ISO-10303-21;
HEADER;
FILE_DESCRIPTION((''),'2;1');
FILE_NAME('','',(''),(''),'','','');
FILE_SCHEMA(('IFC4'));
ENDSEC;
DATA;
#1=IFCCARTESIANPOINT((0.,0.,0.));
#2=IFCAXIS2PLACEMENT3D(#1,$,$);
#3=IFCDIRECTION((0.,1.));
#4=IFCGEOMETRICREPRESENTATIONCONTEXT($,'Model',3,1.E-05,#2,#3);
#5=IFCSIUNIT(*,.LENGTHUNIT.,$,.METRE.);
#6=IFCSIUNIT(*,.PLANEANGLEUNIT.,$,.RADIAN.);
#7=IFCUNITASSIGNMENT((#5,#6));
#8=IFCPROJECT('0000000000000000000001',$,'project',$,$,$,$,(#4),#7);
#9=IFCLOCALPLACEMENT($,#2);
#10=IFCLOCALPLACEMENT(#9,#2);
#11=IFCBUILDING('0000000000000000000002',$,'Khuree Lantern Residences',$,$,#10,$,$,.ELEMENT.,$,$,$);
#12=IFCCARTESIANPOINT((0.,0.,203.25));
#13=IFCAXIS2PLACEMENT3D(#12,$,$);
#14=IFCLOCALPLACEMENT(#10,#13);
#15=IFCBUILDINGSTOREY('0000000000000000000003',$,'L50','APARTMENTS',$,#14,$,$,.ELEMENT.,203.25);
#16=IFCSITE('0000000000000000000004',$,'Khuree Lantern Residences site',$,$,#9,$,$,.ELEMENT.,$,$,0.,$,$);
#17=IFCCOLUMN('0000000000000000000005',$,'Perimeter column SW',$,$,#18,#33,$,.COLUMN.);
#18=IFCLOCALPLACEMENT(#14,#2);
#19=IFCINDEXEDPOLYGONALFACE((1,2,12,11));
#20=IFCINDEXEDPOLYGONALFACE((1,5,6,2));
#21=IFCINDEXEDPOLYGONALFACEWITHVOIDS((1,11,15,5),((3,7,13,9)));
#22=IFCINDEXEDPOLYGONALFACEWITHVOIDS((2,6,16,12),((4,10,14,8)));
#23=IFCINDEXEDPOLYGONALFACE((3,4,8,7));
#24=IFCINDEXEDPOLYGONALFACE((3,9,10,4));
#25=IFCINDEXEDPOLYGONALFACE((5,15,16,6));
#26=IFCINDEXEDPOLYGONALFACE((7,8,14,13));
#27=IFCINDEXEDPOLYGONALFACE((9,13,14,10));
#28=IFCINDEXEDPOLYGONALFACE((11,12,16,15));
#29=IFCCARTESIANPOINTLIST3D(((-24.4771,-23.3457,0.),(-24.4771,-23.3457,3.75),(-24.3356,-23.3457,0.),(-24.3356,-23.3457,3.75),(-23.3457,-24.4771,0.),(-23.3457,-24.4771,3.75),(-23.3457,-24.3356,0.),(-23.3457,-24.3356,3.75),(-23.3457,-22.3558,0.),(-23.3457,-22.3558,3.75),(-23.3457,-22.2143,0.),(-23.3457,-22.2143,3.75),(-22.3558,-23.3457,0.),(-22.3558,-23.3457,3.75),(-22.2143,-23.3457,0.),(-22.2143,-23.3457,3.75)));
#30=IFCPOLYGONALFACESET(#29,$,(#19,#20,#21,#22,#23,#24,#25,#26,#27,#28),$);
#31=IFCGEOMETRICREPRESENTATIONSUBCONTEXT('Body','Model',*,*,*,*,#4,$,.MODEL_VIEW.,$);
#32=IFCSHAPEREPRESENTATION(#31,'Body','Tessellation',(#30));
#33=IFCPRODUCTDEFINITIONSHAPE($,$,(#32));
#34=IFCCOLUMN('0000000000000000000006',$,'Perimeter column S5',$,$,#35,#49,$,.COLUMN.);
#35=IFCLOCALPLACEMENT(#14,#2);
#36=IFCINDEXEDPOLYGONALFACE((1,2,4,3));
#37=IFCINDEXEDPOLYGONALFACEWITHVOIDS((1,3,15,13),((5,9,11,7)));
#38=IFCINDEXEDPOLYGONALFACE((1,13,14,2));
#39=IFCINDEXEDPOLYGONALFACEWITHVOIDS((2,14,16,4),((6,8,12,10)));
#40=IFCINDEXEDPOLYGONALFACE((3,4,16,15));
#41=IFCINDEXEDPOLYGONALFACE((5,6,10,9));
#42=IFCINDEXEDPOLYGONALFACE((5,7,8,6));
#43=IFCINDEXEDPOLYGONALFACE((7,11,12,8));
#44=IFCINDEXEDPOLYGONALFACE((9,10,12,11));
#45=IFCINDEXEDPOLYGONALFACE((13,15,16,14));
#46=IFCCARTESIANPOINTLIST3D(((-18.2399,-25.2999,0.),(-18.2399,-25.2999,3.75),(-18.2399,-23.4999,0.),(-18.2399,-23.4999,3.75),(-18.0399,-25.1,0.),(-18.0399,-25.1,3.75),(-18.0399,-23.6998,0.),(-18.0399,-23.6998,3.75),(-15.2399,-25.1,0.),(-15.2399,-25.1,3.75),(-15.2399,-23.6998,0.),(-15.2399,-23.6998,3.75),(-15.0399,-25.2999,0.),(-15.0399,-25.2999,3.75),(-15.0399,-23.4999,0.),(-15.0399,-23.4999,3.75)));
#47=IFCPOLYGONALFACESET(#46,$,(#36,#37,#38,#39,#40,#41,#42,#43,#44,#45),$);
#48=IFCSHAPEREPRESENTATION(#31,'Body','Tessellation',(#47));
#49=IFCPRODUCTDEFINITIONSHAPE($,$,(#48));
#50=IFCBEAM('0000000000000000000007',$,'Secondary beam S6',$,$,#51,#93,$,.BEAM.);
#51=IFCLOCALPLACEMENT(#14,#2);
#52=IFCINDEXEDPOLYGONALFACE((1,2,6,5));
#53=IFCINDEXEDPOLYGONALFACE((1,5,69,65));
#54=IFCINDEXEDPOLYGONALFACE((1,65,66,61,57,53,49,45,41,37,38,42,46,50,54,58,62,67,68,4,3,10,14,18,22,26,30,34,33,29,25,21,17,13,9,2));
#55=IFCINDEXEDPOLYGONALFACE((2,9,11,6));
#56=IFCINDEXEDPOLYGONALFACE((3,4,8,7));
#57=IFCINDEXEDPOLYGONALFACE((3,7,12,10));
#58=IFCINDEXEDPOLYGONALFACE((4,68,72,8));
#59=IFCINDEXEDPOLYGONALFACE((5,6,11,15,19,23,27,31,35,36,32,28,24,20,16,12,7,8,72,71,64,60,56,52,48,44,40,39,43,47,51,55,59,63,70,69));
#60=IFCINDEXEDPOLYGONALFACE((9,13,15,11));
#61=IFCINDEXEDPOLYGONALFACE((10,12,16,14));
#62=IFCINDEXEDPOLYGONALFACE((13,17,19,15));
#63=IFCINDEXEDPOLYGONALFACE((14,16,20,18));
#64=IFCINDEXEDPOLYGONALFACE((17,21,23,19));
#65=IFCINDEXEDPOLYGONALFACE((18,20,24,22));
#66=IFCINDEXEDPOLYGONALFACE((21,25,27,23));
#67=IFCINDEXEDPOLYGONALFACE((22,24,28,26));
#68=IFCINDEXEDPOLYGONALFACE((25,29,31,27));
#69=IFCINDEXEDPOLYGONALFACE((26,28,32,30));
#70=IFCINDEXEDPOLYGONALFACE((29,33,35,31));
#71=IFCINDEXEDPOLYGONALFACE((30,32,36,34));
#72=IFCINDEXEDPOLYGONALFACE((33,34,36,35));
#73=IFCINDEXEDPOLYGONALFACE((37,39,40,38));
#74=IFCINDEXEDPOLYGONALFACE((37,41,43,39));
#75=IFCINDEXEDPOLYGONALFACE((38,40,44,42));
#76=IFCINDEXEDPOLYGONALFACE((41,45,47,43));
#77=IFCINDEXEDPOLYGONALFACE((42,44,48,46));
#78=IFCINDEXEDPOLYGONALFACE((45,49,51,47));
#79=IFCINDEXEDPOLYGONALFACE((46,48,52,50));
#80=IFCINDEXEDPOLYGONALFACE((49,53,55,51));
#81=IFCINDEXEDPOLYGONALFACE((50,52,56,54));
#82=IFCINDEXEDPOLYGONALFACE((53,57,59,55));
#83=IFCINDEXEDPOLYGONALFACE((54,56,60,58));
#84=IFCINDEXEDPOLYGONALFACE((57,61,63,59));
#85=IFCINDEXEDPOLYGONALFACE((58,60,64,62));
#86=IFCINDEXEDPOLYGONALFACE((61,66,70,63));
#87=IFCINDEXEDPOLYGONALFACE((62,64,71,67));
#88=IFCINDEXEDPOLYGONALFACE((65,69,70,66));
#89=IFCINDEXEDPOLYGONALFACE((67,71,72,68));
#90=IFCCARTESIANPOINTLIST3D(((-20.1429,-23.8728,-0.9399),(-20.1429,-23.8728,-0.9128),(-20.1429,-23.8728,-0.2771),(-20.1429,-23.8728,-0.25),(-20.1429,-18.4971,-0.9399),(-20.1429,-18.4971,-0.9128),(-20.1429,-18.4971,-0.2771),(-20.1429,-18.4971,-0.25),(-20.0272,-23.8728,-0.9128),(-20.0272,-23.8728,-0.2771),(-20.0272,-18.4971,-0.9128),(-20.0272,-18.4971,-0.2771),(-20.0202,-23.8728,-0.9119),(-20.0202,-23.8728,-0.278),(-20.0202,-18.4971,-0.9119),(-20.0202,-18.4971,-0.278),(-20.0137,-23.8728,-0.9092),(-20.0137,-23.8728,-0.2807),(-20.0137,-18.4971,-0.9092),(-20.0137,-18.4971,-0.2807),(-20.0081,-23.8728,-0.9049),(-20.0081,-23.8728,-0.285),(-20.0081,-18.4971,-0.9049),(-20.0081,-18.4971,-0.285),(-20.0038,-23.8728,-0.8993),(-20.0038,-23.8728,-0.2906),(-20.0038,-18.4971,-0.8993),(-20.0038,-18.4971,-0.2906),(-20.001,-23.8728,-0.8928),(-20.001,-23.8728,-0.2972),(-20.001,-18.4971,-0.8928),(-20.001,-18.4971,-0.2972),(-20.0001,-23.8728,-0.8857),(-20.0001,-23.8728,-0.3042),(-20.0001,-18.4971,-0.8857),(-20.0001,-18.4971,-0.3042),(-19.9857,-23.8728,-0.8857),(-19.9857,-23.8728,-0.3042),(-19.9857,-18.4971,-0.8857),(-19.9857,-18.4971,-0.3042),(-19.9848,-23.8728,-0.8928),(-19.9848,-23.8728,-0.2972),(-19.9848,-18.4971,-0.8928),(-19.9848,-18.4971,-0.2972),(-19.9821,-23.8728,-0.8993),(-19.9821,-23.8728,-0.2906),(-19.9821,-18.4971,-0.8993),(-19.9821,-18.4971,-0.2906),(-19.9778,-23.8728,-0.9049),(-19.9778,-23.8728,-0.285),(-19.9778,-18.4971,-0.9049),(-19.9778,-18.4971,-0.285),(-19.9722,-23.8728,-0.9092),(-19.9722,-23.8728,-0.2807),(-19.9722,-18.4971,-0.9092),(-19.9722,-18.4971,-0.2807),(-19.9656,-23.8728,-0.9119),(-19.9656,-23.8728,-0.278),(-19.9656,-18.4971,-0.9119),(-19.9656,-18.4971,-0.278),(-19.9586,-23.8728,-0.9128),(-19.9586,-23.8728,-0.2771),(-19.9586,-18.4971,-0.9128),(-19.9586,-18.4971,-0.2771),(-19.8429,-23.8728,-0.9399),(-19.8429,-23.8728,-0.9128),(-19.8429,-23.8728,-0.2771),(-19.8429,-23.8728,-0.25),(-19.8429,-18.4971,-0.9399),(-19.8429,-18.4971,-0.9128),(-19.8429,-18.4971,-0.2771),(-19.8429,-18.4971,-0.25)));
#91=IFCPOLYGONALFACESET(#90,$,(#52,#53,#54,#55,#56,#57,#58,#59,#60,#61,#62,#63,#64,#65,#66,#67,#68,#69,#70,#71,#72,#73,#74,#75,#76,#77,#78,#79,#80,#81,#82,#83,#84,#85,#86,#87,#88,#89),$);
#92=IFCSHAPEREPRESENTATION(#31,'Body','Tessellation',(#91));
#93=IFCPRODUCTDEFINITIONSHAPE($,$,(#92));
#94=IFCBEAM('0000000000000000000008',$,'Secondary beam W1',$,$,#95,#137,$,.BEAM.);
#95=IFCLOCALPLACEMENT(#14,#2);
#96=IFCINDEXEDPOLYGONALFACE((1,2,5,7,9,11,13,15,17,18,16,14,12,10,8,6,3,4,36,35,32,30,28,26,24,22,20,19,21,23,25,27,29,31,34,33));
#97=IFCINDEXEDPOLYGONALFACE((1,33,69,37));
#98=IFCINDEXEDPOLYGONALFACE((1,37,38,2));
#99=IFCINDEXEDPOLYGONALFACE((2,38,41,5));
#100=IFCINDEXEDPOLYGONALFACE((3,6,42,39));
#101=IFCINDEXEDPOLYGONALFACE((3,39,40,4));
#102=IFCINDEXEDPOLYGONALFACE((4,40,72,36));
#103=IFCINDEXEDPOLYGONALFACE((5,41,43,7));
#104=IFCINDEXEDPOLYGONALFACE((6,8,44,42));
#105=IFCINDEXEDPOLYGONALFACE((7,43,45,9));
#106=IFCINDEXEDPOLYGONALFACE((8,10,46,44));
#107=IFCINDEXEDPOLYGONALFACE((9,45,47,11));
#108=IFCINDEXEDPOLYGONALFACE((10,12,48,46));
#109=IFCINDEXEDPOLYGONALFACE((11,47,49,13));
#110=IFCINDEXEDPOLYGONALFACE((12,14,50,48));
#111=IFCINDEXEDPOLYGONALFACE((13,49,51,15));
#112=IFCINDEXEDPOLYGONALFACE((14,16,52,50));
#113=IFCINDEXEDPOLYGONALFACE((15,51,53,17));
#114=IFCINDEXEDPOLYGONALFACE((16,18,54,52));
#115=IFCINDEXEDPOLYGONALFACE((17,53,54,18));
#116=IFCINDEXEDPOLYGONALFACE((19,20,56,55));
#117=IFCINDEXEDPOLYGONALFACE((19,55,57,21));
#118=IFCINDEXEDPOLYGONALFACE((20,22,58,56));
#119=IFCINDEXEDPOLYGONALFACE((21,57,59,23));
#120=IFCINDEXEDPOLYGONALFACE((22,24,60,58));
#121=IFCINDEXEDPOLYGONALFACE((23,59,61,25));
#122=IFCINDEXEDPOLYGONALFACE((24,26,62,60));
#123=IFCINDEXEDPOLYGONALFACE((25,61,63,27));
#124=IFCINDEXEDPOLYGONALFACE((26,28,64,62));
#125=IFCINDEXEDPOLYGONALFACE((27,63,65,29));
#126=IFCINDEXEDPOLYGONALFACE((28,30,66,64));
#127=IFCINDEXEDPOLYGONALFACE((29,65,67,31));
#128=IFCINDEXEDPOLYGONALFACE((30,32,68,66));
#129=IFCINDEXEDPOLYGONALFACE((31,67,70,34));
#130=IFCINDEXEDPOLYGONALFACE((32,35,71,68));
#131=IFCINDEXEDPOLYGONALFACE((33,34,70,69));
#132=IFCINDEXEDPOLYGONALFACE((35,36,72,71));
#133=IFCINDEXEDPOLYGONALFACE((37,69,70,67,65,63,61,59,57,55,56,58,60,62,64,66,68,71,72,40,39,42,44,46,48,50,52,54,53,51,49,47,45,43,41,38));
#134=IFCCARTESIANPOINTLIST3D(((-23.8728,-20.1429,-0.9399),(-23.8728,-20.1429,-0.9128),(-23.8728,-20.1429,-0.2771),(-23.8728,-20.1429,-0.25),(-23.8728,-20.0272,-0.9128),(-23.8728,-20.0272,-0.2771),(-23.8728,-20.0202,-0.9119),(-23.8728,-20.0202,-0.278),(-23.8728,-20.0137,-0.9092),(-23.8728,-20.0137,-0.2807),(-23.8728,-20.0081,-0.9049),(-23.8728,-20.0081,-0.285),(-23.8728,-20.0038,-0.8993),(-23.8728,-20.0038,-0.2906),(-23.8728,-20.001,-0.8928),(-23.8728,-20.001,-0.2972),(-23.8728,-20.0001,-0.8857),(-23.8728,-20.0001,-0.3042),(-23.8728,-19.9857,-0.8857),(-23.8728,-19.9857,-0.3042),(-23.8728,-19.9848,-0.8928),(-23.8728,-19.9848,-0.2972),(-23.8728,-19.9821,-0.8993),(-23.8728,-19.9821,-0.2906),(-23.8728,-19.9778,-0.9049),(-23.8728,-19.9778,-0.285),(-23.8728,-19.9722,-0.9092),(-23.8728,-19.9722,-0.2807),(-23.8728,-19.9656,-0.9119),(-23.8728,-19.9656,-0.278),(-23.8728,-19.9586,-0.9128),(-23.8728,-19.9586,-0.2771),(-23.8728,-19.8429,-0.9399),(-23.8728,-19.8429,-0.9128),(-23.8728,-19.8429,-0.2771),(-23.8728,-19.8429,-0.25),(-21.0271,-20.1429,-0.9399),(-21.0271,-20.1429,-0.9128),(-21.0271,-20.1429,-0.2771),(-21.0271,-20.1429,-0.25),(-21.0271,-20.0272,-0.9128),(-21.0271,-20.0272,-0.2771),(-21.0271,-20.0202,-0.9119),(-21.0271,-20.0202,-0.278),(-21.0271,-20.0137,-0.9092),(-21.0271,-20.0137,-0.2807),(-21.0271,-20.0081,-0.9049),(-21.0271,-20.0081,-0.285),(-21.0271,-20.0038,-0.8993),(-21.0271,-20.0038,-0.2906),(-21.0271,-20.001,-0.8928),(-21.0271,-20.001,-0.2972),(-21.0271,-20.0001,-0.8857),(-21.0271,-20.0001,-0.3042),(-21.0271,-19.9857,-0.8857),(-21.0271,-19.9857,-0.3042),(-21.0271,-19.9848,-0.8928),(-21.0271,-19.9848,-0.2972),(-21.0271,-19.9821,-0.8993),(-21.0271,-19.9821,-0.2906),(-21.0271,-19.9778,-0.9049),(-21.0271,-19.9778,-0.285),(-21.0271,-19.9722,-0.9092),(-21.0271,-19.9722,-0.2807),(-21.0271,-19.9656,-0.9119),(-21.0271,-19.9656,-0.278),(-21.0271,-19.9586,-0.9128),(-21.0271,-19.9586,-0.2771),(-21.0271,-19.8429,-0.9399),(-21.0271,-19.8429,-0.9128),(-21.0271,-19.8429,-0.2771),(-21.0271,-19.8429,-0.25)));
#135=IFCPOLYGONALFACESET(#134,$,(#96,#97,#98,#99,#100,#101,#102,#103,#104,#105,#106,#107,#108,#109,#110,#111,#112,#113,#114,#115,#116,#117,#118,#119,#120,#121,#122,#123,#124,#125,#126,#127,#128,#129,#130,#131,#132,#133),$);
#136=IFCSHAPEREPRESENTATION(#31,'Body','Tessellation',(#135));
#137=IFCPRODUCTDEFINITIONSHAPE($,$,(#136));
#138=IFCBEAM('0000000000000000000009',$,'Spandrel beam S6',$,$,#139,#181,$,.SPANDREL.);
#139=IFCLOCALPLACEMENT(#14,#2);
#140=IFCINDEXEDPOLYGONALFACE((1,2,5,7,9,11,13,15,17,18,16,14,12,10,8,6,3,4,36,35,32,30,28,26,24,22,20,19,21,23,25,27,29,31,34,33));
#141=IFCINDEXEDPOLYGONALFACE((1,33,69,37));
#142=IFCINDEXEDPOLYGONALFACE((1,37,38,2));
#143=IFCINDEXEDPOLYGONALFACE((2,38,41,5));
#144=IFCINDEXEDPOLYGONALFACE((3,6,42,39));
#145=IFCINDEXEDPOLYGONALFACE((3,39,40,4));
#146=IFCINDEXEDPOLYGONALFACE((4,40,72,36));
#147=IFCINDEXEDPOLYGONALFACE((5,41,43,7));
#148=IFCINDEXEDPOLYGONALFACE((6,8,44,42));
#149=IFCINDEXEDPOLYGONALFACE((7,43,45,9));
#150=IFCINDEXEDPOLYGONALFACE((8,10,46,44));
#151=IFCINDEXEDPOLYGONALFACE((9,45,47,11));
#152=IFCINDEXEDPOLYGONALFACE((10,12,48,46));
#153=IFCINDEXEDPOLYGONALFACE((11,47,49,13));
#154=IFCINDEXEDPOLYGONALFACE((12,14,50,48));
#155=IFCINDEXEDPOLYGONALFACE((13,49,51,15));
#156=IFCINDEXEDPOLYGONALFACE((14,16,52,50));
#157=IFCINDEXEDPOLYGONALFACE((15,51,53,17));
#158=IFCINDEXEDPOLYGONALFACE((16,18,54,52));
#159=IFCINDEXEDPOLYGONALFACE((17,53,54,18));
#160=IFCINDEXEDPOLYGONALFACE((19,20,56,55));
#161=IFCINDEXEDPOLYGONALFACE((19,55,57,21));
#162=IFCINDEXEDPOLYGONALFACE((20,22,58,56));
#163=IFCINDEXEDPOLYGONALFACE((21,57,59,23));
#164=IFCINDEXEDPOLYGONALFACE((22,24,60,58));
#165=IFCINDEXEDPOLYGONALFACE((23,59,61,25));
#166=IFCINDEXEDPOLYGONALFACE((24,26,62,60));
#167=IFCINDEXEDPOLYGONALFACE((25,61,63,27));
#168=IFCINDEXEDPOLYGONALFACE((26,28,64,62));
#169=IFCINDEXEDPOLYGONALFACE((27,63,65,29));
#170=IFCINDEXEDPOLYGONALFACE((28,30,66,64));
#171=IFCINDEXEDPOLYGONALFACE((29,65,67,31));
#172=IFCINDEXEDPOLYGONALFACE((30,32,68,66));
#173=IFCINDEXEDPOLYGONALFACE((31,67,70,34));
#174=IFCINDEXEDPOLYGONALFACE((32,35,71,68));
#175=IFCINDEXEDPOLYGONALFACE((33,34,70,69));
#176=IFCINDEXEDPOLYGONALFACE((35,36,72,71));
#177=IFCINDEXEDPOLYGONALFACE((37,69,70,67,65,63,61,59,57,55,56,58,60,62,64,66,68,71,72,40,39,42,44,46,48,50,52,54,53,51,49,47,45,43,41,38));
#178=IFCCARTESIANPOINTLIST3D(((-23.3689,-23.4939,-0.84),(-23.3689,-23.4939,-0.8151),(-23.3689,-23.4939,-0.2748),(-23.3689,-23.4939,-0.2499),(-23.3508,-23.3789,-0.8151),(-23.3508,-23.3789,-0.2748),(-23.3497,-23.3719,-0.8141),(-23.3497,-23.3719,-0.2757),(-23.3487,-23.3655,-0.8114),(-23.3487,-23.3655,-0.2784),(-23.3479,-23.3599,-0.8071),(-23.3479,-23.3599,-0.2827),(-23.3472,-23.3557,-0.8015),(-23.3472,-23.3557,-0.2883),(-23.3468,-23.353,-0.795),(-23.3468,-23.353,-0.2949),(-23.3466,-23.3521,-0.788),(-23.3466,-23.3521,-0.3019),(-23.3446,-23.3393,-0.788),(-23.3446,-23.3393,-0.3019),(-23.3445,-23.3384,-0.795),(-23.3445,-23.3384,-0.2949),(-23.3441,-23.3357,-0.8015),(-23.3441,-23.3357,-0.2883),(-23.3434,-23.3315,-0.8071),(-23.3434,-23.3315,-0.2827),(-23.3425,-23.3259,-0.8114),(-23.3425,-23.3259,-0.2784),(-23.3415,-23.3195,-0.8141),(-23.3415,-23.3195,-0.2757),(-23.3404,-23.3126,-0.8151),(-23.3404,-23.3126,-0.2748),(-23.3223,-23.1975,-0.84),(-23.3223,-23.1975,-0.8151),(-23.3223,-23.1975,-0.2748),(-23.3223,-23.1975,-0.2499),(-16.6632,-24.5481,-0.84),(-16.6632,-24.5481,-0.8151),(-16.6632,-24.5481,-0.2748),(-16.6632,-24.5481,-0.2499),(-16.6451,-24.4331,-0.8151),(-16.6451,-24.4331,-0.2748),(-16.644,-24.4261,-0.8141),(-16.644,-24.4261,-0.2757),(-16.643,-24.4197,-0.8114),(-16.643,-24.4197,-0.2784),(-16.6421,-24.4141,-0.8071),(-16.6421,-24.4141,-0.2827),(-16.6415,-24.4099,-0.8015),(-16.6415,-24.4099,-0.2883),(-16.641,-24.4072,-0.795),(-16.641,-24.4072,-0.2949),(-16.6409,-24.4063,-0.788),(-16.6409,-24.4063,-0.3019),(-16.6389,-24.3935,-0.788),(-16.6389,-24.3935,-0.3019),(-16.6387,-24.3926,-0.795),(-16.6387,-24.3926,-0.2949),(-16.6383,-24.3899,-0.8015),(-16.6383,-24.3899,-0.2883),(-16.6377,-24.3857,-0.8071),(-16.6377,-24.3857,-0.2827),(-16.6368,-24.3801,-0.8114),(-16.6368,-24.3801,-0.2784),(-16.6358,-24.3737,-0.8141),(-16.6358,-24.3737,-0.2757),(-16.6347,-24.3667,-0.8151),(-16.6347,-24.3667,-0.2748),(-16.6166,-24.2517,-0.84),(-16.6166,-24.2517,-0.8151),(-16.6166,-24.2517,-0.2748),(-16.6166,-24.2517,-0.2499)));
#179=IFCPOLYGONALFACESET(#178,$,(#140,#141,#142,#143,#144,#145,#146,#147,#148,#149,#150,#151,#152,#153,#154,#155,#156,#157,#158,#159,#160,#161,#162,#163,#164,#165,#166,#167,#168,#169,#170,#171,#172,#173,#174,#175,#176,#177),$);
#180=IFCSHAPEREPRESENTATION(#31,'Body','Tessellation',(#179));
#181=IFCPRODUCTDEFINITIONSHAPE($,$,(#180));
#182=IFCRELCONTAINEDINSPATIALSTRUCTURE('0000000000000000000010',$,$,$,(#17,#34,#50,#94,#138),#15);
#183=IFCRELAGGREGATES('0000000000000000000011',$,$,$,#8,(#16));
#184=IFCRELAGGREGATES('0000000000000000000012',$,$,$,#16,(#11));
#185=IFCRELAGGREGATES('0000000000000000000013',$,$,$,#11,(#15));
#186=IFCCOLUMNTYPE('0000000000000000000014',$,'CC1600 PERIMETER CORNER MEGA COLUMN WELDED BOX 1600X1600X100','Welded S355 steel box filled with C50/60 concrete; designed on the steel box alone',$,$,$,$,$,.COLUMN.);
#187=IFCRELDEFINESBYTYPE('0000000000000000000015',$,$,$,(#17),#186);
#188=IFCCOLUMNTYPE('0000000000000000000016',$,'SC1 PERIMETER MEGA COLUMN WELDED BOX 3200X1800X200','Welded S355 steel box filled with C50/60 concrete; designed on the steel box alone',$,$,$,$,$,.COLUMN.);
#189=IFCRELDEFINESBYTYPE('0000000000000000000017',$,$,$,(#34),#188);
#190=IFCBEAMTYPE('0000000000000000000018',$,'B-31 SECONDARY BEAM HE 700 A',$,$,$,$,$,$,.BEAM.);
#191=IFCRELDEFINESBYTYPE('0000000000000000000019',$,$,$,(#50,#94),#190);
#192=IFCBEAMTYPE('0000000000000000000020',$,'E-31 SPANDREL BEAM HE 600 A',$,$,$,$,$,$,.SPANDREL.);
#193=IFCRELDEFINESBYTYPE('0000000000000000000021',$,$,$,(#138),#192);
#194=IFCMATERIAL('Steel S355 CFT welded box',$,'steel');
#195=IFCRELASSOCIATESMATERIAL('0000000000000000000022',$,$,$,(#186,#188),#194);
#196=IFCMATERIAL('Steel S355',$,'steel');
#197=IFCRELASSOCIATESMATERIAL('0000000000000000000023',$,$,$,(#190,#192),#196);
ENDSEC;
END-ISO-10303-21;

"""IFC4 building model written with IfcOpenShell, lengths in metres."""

from ifc_helpers import new_model, si_unit, direction, frame, origin, origin_2d, place, context, subcontext, project, spatial, hollow_rectangle, i_section, extrude, material, material_profile, profile_set, type_object, element, save


model = new_model("IFC4")

# Units and contexts
model_context = context("Model", 3, precision=1e-05, world=origin(), true_north=direction((0.0, 1.0)))
body_context = subcontext(model_context, "Body", "Model", "MODEL_VIEW")
ifc_project = project(units=[si_unit("LENGTHUNIT", "METRE"), si_unit("PLANEANGLEUNIT", "RADIAN")], contexts=[model_context])

# Site, building, storey
site_placement = place(None, origin())
site = spatial("IfcSite", under=ifc_project, at=site_placement, Name="Khuree Lantern Residences site", CompositionType="ELEMENT", RefElevation=0.0)
building_placement = place(site_placement, origin())
building = spatial("IfcBuilding", under=site, at=building_placement, Name="Khuree Lantern Residences", CompositionType="ELEMENT")
storey_placement = place(building_placement, frame((0.0, 0.0, 203.25)))
storey = spatial("IfcBuildingStorey", under=building, at=storey_placement, Name="L50", Description="APARTMENTS", CompositionType="ELEMENT", Elevation=203.25)

# Columns
ifc_material_1 = material(Name="Steel S355 CFT welded box", Category="steel")
ifc_material_profile_1 = material_profile(ifc_material_1, hollow_rectangle(XDim=1.6001, YDim=1.6001, WallThickness=0.1001, at=origin_2d()), Name="WELDED BOX 1600X1600X100")
ifc_profile_set_1 = profile_set([ifc_material_profile_1], Name="Steel S355 CFT welded box")
column_type_1 = type_object("IfcColumnType", Name="CC1600 PERIMETER CORNER MEGA COLUMN WELDED BOX 1600X1600X100", Description="Welded S355 steel box filled with C50/60 concrete; designed on the steel box alone", PredefinedType="COLUMN", material=ifc_profile_set_1)
column_1_placement = place(storey_placement, frame((-23.3457, -23.3457, 0.0), z_axis=(0.0, 0.0, 1.0), x_axis=(0.707107, -0.707107, 0.0)))
element("IfcColumn", 1, at=column_1_placement, inside=storey, type_object=column_type_1, Name="Perimeter column SW", PredefinedType="COLUMN", context=body_context, shape_type="SweptSolid", body=[
    extrude(hollow_rectangle(XDim=1.6001, YDim=1.6001, WallThickness=0.1001, at=origin_2d()), origin(), (0.0, 0.0, 1.0), 3.75),
])
ifc_material_profile_2 = material_profile(ifc_material_1, hollow_rectangle(XDim=3.2, YDim=1.8, WallThickness=0.2, at=origin_2d()), Name="WELDED BOX 3200X1800X200")
ifc_profile_set_2 = profile_set([ifc_material_profile_2], Name="Steel S355 CFT welded box")
column_type_2 = type_object("IfcColumnType", Name="SC1 PERIMETER MEGA COLUMN WELDED BOX 3200X1800X200", Description="Welded S355 steel box filled with C50/60 concrete; designed on the steel box alone", PredefinedType="COLUMN", material=ifc_profile_set_2)
column_2_placement = place(storey_placement, frame((-16.6399, -24.3999, 0.0), z_axis=(0.0, 0.0, 1.0), x_axis=(1.0, 0.0, 0.0)))
element("IfcColumn", 2, at=column_2_placement, inside=storey, type_object=column_type_2, Name="Perimeter column S5", PredefinedType="COLUMN", context=body_context, shape_type="SweptSolid", body=[
    extrude(hollow_rectangle(XDim=3.2, YDim=1.8, WallThickness=0.2, at=origin_2d()), origin(), (0.0, 0.0, 1.0), 3.75),
])

# Beams
ifc_material_2 = material(Name="Steel S355", Category="steel")
ifc_material_profile_3 = material_profile(ifc_material_2, i_section(OverallWidth=0.3, OverallDepth=0.6899, WebThickness=0.0144, FlangeThickness=0.0271, FilletRadius=0.0271, at=origin_2d()), Name="HE 700 A")
ifc_profile_set_3 = profile_set([ifc_material_profile_3], Name="Steel S355")
beam_type_1 = type_object("IfcBeamType", Name="B-31 SECONDARY BEAM HE 700 A", PredefinedType="BEAM", material=ifc_profile_set_3)
beam_1_placement = place(storey_placement, frame((-19.9929, -23.8728, -0.595), z_axis=(0.0, 1.0, 0.0), x_axis=(-1.0, 0.0, 0.0)))
element("IfcBeam", 3, at=beam_1_placement, inside=storey, type_object=beam_type_1, Name="Secondary beam S6", PredefinedType="BEAM", context=body_context, shape_type="SweptSolid", body=[
    extrude(i_section(OverallWidth=0.3, OverallDepth=0.6899, WebThickness=0.0144, FlangeThickness=0.0271, FilletRadius=0.0271, at=origin_2d()), origin(), (0.0, 0.0, 1.0), 5.3757),
])
beam_2_placement = place(storey_placement, frame((-23.8728, -19.9929, -0.595), z_axis=(1.0, 0.0, 0.0), x_axis=(0.0, 1.0, 0.0)))
element("IfcBeam", 4, at=beam_2_placement, inside=storey, type_object=beam_type_1, Name="Secondary beam W1", PredefinedType="BEAM", context=body_context, shape_type="SweptSolid", body=[
    extrude(i_section(OverallWidth=0.3, OverallDepth=0.6899, WebThickness=0.0144, FlangeThickness=0.0271, FilletRadius=0.0271, at=origin_2d()), origin(), (0.0, 0.0, 1.0), 2.8457),
])
ifc_material_profile_4 = material_profile(ifc_material_2, i_section(OverallWidth=0.3, OverallDepth=0.5901, WebThickness=0.0129, FlangeThickness=0.0249, FilletRadius=0.0271, at=origin_2d()), Name="HE 600 A")
ifc_profile_set_4 = profile_set([ifc_material_profile_4], Name="Steel S355")
beam_type_2 = type_object("IfcBeamType", Name="E-31 SPANDREL BEAM HE 600 A", PredefinedType="SPANDREL", material=ifc_profile_set_4)
for number, where, z_axis, x_axis, name in (
    (5, (-16.6399, -24.3999, -0.5449), (-0.987867, 0.1553, 0.0), (-0.1553, -0.987867, 0.0), "Spandrel beam S6"),
):
    element("IfcBeam", number, at=place(storey_placement, frame(where, z_axis=z_axis, x_axis=x_axis)), inside=storey, type_object=beam_type_2, Name=name, PredefinedType="SPANDREL", context=body_context, shape_type="SweptSolid", body=[
        extrude(i_section(OverallWidth=0.3, OverallDepth=0.5901, WebThickness=0.0129, FlangeThickness=0.0249, FilletRadius=0.0271, at=origin_2d()), origin(), (0.0, 0.0, 1.0), 6.7881),
    ])

save(model, "model.ifc")
